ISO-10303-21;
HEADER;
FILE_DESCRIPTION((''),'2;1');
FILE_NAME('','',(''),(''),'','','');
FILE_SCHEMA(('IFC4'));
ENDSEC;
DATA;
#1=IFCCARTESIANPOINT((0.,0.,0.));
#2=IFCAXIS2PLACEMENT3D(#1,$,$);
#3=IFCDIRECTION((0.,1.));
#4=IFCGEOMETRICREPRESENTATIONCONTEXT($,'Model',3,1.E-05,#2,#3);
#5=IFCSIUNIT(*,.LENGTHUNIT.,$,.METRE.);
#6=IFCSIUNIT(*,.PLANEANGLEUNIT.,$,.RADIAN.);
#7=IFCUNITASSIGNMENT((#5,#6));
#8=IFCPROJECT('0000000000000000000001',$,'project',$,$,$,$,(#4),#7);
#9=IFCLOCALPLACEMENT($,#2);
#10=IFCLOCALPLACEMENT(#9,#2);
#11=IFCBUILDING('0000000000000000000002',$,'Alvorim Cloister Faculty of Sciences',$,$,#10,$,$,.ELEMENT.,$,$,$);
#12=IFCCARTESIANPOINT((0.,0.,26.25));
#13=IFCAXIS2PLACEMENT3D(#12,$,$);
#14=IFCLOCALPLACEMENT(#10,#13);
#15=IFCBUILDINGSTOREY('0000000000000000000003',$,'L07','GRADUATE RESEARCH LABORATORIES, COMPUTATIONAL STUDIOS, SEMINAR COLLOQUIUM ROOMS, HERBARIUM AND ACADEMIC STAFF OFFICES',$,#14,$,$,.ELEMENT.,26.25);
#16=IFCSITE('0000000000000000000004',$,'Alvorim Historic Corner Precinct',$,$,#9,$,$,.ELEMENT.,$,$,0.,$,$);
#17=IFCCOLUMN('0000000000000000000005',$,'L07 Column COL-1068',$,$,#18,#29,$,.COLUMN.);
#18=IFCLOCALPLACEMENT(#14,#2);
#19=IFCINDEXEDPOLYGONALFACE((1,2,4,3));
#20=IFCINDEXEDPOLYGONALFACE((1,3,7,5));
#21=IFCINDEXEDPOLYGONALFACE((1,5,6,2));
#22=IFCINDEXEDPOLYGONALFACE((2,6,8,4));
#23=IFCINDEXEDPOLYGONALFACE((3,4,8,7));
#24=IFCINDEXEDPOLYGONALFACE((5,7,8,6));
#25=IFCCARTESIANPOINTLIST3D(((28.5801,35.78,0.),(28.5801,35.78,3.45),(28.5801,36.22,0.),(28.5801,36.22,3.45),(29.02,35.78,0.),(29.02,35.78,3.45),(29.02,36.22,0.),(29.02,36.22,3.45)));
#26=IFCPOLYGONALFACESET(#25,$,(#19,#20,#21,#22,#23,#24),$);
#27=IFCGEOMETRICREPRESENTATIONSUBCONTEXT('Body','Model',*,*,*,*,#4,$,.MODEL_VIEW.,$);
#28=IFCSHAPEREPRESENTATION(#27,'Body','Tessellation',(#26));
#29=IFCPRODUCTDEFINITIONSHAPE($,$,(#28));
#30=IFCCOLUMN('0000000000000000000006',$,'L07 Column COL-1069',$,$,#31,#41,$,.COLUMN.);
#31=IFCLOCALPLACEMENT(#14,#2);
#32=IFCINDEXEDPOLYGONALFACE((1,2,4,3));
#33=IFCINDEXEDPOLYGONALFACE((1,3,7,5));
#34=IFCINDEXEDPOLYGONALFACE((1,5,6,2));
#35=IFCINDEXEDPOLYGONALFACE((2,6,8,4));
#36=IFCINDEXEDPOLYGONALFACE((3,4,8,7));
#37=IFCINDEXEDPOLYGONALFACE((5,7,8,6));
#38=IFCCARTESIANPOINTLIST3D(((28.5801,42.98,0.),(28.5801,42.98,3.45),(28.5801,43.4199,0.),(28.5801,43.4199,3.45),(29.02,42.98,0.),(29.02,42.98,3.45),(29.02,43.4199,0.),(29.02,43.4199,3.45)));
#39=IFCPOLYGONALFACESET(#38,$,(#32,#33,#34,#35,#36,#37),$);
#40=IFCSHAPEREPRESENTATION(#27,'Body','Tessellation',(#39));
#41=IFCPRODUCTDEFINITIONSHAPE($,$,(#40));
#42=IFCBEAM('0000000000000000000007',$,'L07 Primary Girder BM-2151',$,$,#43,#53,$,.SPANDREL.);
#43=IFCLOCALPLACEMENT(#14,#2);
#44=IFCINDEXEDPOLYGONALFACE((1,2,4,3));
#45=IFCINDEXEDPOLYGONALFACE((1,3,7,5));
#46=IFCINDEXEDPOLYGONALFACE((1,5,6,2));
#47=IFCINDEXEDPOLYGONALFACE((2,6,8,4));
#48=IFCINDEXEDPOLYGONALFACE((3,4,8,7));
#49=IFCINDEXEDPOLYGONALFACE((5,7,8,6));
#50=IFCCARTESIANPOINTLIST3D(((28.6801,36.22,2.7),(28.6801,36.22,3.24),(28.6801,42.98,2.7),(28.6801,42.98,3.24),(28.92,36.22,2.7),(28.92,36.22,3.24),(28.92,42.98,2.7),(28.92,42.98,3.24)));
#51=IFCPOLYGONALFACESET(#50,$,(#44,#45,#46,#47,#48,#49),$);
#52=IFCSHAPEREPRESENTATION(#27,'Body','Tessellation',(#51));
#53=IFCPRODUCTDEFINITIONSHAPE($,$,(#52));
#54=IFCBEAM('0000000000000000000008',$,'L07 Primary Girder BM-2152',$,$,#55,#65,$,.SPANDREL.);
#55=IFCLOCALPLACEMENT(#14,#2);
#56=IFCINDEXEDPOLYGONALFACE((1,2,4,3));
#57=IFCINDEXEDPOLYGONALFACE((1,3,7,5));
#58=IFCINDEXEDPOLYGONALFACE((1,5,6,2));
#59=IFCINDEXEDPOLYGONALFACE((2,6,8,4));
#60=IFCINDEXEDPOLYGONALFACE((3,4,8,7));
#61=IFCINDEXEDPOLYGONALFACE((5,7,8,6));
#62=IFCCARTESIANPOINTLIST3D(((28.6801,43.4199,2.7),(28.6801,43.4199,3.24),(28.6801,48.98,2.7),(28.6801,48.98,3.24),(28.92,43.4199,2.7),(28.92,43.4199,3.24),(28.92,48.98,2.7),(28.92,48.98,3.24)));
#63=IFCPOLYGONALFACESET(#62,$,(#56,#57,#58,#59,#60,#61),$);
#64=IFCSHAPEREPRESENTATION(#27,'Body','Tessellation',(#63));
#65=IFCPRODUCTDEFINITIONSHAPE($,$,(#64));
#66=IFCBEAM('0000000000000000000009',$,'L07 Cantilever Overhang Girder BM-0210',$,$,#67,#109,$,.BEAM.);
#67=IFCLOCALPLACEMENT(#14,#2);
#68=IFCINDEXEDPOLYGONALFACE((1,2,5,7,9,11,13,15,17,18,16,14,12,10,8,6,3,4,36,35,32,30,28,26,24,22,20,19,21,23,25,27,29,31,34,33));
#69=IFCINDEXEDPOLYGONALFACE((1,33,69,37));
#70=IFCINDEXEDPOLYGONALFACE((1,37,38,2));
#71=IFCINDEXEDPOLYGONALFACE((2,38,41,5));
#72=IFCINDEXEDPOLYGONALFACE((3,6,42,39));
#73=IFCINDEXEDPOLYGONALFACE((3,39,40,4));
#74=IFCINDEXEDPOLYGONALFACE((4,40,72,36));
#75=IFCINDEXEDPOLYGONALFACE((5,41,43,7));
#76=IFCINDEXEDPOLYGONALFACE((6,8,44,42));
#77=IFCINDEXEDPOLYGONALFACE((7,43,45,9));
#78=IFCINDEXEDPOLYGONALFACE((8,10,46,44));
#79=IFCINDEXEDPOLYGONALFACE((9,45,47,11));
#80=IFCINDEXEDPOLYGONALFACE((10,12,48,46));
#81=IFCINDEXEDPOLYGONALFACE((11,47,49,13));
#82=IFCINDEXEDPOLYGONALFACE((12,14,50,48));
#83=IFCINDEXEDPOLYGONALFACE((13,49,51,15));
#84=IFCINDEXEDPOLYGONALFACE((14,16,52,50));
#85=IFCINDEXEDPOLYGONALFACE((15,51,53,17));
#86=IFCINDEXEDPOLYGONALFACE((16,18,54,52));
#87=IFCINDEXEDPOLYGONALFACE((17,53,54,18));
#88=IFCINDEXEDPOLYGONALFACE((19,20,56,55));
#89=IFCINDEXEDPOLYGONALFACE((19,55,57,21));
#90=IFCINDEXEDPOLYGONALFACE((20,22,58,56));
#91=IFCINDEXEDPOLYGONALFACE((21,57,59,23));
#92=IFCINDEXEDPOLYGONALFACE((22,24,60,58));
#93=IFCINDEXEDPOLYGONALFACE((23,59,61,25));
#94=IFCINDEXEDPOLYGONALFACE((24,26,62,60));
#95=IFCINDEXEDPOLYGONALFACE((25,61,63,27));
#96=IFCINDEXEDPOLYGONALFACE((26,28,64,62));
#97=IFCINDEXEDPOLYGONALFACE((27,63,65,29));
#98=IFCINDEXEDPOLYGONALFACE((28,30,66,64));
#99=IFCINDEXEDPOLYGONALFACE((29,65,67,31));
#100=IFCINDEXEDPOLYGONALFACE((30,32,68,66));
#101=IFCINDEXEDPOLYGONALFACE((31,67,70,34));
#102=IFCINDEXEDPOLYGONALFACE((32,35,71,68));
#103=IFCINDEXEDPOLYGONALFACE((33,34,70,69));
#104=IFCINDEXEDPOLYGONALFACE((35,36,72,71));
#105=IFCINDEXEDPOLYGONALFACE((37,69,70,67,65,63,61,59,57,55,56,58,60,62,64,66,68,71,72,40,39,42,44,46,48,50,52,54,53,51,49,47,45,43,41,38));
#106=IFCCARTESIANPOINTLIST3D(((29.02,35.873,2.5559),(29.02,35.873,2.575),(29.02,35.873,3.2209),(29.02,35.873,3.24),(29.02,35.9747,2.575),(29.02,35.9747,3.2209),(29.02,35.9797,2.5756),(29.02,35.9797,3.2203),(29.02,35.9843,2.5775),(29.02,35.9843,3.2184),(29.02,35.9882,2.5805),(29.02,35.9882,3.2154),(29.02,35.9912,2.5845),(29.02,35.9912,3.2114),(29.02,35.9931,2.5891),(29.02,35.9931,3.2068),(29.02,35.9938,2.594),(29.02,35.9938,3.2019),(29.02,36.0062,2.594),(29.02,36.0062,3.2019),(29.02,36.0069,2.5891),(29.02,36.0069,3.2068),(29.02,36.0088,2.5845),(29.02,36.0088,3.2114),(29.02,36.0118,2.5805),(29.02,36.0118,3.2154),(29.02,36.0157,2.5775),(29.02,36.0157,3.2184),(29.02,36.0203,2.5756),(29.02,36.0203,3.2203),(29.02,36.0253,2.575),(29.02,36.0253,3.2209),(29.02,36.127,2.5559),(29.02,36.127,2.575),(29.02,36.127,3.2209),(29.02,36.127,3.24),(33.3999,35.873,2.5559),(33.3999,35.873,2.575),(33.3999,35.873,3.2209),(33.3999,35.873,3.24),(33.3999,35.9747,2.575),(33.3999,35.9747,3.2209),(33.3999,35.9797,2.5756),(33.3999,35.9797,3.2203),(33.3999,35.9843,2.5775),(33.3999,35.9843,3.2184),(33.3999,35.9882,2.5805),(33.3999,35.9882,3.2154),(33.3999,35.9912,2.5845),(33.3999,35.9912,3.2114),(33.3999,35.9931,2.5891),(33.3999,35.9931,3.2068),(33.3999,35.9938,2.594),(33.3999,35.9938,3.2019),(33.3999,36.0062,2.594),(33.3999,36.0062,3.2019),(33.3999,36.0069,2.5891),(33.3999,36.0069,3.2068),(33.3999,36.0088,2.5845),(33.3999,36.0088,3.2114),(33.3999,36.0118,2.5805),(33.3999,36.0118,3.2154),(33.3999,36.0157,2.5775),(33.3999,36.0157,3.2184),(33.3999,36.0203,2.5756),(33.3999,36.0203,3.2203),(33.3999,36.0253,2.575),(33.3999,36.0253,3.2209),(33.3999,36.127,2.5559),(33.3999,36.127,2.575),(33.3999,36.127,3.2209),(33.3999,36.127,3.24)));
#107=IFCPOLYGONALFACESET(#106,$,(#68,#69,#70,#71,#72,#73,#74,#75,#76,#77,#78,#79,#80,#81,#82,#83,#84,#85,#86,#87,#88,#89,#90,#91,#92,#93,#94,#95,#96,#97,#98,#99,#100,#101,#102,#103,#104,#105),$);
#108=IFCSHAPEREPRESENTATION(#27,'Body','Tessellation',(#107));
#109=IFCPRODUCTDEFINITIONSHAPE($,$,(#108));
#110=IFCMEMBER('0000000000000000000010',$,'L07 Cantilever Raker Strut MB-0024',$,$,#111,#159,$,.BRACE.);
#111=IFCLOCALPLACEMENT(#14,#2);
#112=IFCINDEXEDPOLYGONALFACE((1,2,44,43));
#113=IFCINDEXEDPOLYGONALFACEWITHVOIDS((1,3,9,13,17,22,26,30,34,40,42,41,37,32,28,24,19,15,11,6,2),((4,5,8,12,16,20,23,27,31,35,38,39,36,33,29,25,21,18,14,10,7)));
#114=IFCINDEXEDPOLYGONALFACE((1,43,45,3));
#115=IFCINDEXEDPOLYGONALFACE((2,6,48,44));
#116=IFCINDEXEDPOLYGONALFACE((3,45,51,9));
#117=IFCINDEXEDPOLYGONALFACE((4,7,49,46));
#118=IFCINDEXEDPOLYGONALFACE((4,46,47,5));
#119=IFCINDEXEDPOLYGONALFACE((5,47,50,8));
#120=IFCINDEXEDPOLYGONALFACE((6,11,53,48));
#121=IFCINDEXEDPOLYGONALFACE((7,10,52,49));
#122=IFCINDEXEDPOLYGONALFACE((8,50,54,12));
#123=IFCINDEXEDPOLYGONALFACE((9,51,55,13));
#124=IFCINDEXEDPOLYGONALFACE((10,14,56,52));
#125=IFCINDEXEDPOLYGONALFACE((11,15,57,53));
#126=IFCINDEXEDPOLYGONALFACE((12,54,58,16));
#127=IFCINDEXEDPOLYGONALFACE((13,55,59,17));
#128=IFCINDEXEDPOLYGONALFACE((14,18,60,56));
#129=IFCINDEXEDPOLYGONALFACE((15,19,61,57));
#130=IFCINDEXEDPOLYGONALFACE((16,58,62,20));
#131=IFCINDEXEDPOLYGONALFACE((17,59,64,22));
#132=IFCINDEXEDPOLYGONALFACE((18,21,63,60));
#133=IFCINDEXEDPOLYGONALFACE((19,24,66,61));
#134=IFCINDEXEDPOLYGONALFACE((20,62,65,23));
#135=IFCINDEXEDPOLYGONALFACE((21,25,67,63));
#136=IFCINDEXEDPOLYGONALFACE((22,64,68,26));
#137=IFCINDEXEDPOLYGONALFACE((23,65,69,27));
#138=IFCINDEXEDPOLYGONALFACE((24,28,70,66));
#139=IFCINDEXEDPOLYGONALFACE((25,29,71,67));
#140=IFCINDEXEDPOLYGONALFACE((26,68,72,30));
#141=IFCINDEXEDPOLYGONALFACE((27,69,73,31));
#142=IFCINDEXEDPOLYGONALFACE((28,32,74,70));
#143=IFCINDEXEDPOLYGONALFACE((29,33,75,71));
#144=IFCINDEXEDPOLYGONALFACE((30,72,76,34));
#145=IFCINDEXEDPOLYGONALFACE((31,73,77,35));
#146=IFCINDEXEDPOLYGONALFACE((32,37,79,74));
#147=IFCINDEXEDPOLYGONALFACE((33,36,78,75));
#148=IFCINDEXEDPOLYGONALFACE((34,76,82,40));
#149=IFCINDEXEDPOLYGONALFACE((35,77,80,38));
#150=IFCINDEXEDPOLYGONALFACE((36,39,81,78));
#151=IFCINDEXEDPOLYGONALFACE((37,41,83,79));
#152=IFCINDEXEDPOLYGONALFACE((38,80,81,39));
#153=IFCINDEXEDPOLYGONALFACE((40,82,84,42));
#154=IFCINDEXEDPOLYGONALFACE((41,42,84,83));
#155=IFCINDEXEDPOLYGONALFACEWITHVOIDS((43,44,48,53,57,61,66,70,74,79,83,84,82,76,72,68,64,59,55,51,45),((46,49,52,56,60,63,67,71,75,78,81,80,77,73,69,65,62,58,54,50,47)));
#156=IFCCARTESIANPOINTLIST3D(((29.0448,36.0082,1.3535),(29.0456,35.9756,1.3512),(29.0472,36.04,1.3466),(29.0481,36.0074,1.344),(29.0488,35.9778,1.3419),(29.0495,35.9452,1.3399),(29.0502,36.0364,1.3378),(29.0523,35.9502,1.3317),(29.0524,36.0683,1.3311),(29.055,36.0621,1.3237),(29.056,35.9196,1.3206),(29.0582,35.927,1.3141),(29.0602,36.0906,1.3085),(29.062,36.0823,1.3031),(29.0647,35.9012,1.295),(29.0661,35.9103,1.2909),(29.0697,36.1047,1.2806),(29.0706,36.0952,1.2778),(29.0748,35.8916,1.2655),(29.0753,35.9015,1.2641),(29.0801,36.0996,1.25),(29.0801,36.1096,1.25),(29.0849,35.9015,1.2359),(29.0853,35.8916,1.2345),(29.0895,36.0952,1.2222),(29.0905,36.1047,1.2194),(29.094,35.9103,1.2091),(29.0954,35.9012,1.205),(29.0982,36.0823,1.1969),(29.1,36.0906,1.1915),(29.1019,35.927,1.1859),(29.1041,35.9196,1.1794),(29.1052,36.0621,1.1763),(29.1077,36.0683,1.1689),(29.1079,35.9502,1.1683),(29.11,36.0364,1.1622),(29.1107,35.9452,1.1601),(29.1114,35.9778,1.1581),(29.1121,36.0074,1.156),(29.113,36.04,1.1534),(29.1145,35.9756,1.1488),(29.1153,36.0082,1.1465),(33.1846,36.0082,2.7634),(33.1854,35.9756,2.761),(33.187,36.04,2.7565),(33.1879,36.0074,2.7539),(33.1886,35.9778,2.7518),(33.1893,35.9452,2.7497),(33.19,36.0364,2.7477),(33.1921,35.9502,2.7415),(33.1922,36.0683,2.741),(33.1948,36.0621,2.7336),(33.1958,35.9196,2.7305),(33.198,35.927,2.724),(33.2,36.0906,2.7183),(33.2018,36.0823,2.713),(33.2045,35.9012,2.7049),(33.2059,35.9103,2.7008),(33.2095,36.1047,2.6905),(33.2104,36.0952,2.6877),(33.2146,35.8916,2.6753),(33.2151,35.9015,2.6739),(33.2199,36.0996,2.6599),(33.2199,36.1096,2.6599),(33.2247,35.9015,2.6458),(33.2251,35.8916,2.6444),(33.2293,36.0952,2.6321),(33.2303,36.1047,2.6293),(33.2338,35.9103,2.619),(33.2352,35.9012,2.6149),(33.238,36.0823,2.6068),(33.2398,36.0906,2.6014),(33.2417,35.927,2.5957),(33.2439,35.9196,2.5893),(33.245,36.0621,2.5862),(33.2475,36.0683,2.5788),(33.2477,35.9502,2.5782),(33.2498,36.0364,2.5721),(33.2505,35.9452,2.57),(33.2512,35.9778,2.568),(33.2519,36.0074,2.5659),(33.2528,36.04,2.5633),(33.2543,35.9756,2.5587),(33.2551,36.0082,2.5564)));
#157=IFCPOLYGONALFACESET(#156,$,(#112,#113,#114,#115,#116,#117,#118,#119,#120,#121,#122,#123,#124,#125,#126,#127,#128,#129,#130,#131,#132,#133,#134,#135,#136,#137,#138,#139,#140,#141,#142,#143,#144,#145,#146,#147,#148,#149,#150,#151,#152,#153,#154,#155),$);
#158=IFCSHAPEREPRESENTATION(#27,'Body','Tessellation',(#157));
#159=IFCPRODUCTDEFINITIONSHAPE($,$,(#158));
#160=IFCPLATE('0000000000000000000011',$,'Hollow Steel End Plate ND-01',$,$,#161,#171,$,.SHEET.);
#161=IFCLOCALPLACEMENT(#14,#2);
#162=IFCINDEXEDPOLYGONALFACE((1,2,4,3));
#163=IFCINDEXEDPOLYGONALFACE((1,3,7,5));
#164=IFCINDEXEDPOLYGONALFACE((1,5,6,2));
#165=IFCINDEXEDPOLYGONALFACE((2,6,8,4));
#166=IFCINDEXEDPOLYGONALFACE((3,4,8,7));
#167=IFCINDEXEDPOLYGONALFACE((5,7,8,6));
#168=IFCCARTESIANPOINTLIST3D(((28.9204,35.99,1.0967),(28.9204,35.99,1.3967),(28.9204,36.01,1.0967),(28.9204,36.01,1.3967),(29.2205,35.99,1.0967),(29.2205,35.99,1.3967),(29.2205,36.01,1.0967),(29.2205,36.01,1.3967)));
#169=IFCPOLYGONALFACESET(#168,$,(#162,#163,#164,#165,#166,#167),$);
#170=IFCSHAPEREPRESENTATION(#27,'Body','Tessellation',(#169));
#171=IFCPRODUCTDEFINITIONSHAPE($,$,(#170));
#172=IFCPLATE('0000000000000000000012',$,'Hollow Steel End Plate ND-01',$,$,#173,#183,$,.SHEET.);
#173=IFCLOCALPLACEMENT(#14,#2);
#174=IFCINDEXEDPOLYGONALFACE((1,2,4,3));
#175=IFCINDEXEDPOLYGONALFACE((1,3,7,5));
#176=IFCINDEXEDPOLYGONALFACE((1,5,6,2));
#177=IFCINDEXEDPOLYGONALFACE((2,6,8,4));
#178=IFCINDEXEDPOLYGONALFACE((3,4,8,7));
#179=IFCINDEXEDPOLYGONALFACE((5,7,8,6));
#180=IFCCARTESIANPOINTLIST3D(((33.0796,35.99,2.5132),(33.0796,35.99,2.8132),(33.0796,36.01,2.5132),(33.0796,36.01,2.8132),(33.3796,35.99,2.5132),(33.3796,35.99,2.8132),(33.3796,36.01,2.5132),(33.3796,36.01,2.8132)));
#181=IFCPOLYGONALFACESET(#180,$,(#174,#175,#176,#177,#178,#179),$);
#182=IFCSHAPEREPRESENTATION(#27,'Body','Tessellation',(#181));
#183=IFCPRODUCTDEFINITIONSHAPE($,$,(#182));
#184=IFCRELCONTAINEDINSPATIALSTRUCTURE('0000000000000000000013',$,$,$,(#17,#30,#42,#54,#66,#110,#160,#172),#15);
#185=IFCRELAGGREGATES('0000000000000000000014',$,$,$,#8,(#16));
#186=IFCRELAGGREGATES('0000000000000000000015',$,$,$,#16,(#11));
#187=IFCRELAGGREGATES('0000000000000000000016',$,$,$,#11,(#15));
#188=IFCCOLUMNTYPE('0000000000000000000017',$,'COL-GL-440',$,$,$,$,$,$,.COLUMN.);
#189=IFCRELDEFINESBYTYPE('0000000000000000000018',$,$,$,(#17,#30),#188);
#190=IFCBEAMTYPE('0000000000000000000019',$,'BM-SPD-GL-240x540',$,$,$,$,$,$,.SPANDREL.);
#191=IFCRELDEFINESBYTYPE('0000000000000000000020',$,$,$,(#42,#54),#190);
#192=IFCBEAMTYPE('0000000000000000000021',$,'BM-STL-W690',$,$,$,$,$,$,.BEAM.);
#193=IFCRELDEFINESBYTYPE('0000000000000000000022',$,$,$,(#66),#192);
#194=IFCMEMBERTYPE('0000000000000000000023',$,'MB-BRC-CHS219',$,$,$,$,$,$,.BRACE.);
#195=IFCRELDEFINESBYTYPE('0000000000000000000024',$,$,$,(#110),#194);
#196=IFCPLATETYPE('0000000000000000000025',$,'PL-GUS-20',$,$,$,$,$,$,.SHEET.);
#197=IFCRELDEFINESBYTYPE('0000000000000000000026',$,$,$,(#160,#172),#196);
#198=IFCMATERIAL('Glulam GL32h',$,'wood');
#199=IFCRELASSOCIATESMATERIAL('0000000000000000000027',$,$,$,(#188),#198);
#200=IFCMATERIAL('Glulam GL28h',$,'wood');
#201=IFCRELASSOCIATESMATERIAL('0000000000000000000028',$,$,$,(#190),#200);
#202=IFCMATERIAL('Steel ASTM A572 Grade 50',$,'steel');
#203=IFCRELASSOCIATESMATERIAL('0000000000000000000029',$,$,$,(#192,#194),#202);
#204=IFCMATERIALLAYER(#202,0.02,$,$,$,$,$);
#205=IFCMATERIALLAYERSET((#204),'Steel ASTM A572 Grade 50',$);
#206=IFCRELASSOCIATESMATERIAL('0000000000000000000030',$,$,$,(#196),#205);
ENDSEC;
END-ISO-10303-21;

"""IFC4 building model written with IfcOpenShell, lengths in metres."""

from ifc_helpers import new_model, si_unit, direction, frame, origin, origin_2d, place, context, subcontext, project, spatial, polyline, rectangle, hollow_circle, i_section, outline, extrude, material, layer, layer_set, material_profile, profile_set, type_object, element, save


model = new_model("IFC4")

# Units and contexts
model_context = context("Model", 3, precision=1e-05, world=origin(), true_north=direction((0.0, 1.0)))
body_context = subcontext(model_context, "Body", "Model", "MODEL_VIEW")
ifc_project = project(units=[si_unit("LENGTHUNIT", "METRE"), si_unit("PLANEANGLEUNIT", "RADIAN")], contexts=[model_context])

# Site, building, storey
site_placement = place(None, origin())
site = spatial("IfcSite", under=ifc_project, at=site_placement, Name="Alvorim Historic Corner Precinct", CompositionType="ELEMENT", RefElevation=0.0)
building_placement = place(site_placement, origin())
building = spatial("IfcBuilding", under=site, at=building_placement, Name="Alvorim Cloister Faculty of Sciences", CompositionType="ELEMENT")
storey_placement = place(building_placement, frame((0.0, 0.0, 26.25)))
storey = spatial("IfcBuildingStorey", under=building, at=storey_placement, Name="L07", Description="GRADUATE RESEARCH LABORATORIES, COMPUTATIONAL STUDIOS, SEMINAR COLLOQUIUM ROOMS, HERBARIUM AND ACADEMIC STAFF OFFICES", CompositionType="ELEMENT", Elevation=26.25)

# Columns
ifc_material_1 = material(Name="Glulam GL32h", Category="wood")
ifc_material_profile_1 = material_profile(ifc_material_1, rectangle(XDim=0.4399, YDim=0.4399, at=origin_2d()), Name="GL32-COL-440x440")
ifc_profile_set_1 = profile_set([ifc_material_profile_1], Name="Glulam GL32h")
column_type = type_object("IfcColumnType", Name="COL-GL-440", PredefinedType="COLUMN", material=ifc_profile_set_1)
for number, where, z_axis, x_axis, name in (
    (1, (28.8, 36.0, 0.0), (0.0, 0.0, 1.0), (1.0, 0.0, 0.0), "L07 Column COL-1068"),
    (2, (28.8, 43.2, 0.0), (0.0, 0.0, 1.0), (1.0, 0.0, 0.0), "L07 Column COL-1069"),
):
    element("IfcColumn", number, at=place(storey_placement, frame(where, z_axis=z_axis, x_axis=x_axis)), inside=storey, type_object=column_type, Name=name, PredefinedType="COLUMN", context=body_context, shape_type="SweptSolid", body=[
        extrude(rectangle(XDim=0.4399, YDim=0.4399, at=origin_2d()), origin(), (0.0, 0.0, 1.0), 3.45),
    ])

# Beams
ifc_material_2 = material(Name="Glulam GL28h", Category="wood")
ifc_material_profile_2 = material_profile(ifc_material_2, rectangle(XDim=0.24, YDim=0.54, at=origin_2d()), Name="GL28-SPD-240x540")
ifc_profile_set_2 = profile_set([ifc_material_profile_2], Name="Glulam GL28h")
beam_type_1 = type_object("IfcBeamType", Name="BM-SPD-GL-240x540", PredefinedType="SPANDREL", material=ifc_profile_set_2)
beam_1_placement = place(storey_placement, frame((28.8, 36.22, 2.97), z_axis=(0.0, 1.0, 0.0), x_axis=(-1.0, 0.0, 0.0)))
element("IfcBeam", 3, at=beam_1_placement, inside=storey, type_object=beam_type_1, Name="L07 Primary Girder BM-2151", PredefinedType="SPANDREL", context=body_context, shape_type="SweptSolid", body=[
    extrude(rectangle(XDim=0.24, YDim=0.54, at=origin_2d()), origin(), (0.0, 0.0, 1.0), 6.76),
])
beam_2_placement = place(storey_placement, frame((28.8, 43.4199, 2.97), z_axis=(0.0, 1.0, 0.0), x_axis=(-1.0, 0.0, 0.0)))
element("IfcBeam", 4, at=beam_2_placement, inside=storey, type_object=beam_type_1, Name="L07 Primary Girder BM-2152", PredefinedType="SPANDREL", context=body_context, shape_type="SweptSolid", body=[
    extrude(rectangle(XDim=0.24, YDim=0.54, at=origin_2d()), origin(), (0.0, 0.0, 1.0), 5.5601),
])
ifc_material_3 = material(Name="Steel ASTM A572 Grade 50", Category="steel")
ifc_material_profile_3 = material_profile(ifc_material_3, i_section(OverallWidth=0.2539, OverallDepth=0.6841, WebThickness=0.0125, FlangeThickness=0.019, FilletRadius=0.019, at=origin_2d()), Name="W690x140.0")
ifc_profile_set_3 = profile_set([ifc_material_profile_3], Name="Steel ASTM A572 Grade 50")
beam_type_2 = type_object("IfcBeamType", Name="BM-STL-W690", PredefinedType="BEAM", material=ifc_profile_set_3)
beam_3_placement = place(storey_placement, frame((29.02, 36.0, 2.8979), z_axis=(1.0, 0.0, 0.0), x_axis=(0.0, 1.0, 0.0)))
element("IfcBeam", 5, at=beam_3_placement, inside=storey, type_object=beam_type_2, Name="L07 Cantilever Overhang Girder BM-0210", PredefinedType="BEAM", context=body_context, shape_type="SweptSolid", body=[
    extrude(i_section(OverallWidth=0.2539, OverallDepth=0.6841, WebThickness=0.0125, FlangeThickness=0.019, FilletRadius=0.019, at=origin_2d()), origin(), (0.0, 0.0, 1.0), 4.3799),
])

# Member
ifc_material_profile_4 = material_profile(ifc_material_3, hollow_circle(Radius=0.1096, WallThickness=0.01, at=origin_2d()), Name="CHS219.1x10")
ifc_profile_set_4 = profile_set([ifc_material_profile_4], Name="Steel ASTM A572 Grade 50")
member_type = type_object("IfcMemberType", Name="MB-BRC-CHS219", PredefinedType="BRACE", material=ifc_profile_set_4)
member_placement = place(storey_placement, frame((29.0801, 36.0, 1.25), z_axis=(0.946609, 0.0, 0.322384), x_axis=(0.0, 1.0, 0.0)))
element("IfcMember", 6, at=member_placement, inside=storey, type_object=member_type, Name="L07 Cantilever Raker Strut MB-0024", PredefinedType="BRACE", context=body_context, shape_type="SweptSolid", body=[
    extrude(hollow_circle(Radius=0.1096, WallThickness=0.01, at=origin_2d()), origin(), (0.0, 0.0, 1.0), 4.3733),
])

# Plates
ifc_layer_1 = layer(ifc_material_3, 0.02)
ifc_layer_set_1 = layer_set([ifc_layer_1], Name="Steel ASTM A572 Grade 50")
plate_type_1 = type_object("IfcPlateType", Name="PL-GUS-20", PredefinedType="SHEET", material=ifc_layer_set_1)
for number, where, z_axis, x_axis, name in (
    (7, (28.9204, 36.0, 1.0967), (0.0, 0.0, 1.0), (1.0, 0.0, 0.0), "Hollow Steel End Plate ND-01"),
    (8, (33.0796, 36.0, 2.5132), (0.0, 0.0, 1.0), (1.0, 0.0, 0.0), "Hollow Steel End Plate ND-01"),
):
    element("IfcPlate", number, at=place(storey_placement, frame(where, z_axis=z_axis, x_axis=x_axis)), inside=storey, type_object=plate_type_1, Name=name, PredefinedType="SHEET", context=body_context, shape_type="SweptSolid", body=[
        extrude(outline(polyline([(0.0, 0.0), (0.3, 0.0), (0.3, 0.3), (0.0, 0.3), (0.0, 0.0)])), frame((0.0, 0.01, 0.0), z_axis=(0.0, -1.0, 0.0), x_axis=(1.0, 0.0, 0.0)), (0.0, 0.0, 1.0), 0.02),
    ])

save(model, "model.ifc")
